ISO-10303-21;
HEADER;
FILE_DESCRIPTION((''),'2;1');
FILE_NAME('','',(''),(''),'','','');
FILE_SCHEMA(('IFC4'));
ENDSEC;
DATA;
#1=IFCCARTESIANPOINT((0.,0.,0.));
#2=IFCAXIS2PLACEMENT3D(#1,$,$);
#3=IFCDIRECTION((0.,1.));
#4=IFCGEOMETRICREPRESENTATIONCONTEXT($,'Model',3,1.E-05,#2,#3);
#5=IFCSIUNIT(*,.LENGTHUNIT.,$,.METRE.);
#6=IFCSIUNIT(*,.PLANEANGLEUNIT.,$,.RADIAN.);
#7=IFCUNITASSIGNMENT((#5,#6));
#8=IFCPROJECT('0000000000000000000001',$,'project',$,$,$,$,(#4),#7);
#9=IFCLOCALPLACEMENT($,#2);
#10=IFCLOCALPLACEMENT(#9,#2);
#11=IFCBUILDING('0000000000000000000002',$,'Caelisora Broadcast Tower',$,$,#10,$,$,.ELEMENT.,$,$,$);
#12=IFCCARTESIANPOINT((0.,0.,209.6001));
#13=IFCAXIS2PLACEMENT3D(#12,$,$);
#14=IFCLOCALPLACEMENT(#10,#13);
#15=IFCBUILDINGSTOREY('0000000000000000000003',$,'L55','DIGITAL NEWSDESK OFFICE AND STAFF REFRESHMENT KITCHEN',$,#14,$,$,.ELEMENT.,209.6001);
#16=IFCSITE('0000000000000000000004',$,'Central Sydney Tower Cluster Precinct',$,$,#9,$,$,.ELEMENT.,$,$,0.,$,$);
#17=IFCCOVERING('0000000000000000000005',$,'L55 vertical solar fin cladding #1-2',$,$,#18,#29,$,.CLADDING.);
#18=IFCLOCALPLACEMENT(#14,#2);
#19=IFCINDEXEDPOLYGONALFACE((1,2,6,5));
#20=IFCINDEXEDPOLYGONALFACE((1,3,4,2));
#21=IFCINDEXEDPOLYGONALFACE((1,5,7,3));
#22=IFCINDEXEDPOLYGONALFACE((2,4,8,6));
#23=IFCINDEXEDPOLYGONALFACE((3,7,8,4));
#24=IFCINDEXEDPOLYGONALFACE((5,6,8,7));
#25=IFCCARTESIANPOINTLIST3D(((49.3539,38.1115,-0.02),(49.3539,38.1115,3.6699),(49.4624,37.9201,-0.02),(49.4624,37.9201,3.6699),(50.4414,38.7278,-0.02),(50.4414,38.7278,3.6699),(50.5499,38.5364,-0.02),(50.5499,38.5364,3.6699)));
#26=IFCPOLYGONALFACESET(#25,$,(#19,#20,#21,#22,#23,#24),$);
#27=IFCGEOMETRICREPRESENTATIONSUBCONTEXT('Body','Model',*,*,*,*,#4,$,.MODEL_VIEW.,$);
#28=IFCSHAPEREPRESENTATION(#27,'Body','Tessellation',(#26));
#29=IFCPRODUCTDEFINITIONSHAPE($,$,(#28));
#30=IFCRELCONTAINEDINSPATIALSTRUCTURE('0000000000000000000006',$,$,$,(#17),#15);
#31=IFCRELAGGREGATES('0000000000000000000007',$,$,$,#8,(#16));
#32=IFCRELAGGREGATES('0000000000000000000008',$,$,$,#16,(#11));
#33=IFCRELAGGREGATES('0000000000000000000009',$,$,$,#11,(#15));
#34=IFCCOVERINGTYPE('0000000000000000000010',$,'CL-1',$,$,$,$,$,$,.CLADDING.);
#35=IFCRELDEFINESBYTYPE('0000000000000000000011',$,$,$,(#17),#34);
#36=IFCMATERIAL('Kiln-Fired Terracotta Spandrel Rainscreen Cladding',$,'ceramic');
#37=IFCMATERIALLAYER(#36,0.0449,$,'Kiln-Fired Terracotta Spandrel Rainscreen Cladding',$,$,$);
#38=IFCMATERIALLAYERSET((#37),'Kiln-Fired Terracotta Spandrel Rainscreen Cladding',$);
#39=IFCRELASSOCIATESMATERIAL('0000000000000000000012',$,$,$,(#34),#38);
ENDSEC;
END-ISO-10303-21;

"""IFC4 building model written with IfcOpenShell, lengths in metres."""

from ifc_helpers import new_model, si_unit, direction, frame, origin, origin_2d, place, context, subcontext, project, spatial, rectangle, extrude, source, transform, mapped, material, layer, layer_set, type_object, type_shapes, element, save


model = new_model("IFC4")

# Units and contexts
model_context = context("Model", 3, precision=1e-05, world=origin(), true_north=direction((0.0, 1.0)))
body_context = subcontext(model_context, "Body", "Model", "MODEL_VIEW")
ifc_project = project(units=[si_unit("LENGTHUNIT", "METRE"), si_unit("PLANEANGLEUNIT", "RADIAN")], contexts=[model_context])

# Site, building, storey
site_placement = place(None, origin())
site = spatial("IfcSite", under=ifc_project, at=site_placement, Name="Central Sydney Tower Cluster Precinct", CompositionType="ELEMENT", RefElevation=0.0)
building_placement = place(site_placement, origin())
building = spatial("IfcBuilding", under=site, at=building_placement, Name="Caelisora Broadcast Tower", CompositionType="ELEMENT")
storey_placement = place(building_placement, frame((0.0, 0.0, 209.6001)))
storey = spatial("IfcBuildingStorey", under=building, at=storey_placement, Name="L55", Description="DIGITAL NEWSDESK OFFICE AND STAFF REFRESHMENT KITCHEN", CompositionType="ELEMENT", Elevation=209.6001)

# Covering
ifc_material_1 = material(Name="Kiln-Fired Terracotta Spandrel Rainscreen Cladding", Category="ceramic")
ifc_layer_1 = layer(ifc_material_1, 0.0449, Name="Kiln-Fired Terracotta Spandrel Rainscreen Cladding")
ifc_layer_set_1 = layer_set([ifc_layer_1], Name="Kiln-Fired Terracotta Spandrel Rainscreen Cladding")
covering_type = type_object("IfcCoveringType", Name="CL-1", PredefinedType="CLADDING", material=ifc_layer_set_1)
shared_shape_1 = source(origin(), body_context, "Body", "SweptSolid", [
    extrude(rectangle(XDim=0.22, YDim=1.25, at=origin_2d()), origin(), (0.0, 0.0, 1.0), 3.6899),
])
type_shapes(covering_type, [shared_shape_1])
for number, where, z_axis, x_axis, name in (
    (1, (49.9519, 38.324, -0.02), (0.0, 0.0, 1.0), (0.493031, -0.870012, 0.0), "L55 vertical solar fin cladding #1-2"),
):
    element("IfcCovering", number, at=place(storey_placement, frame(where, z_axis=z_axis, x_axis=x_axis)), inside=storey, type_object=covering_type, Name=name, PredefinedType="CLADDING", context=body_context, shape_type="MappedRepresentation", body=[
        mapped(shared_shape_1, transform((0.0, 0.0, 0.0), scale=1.0)),
    ])

save(model, "model.ifc")
